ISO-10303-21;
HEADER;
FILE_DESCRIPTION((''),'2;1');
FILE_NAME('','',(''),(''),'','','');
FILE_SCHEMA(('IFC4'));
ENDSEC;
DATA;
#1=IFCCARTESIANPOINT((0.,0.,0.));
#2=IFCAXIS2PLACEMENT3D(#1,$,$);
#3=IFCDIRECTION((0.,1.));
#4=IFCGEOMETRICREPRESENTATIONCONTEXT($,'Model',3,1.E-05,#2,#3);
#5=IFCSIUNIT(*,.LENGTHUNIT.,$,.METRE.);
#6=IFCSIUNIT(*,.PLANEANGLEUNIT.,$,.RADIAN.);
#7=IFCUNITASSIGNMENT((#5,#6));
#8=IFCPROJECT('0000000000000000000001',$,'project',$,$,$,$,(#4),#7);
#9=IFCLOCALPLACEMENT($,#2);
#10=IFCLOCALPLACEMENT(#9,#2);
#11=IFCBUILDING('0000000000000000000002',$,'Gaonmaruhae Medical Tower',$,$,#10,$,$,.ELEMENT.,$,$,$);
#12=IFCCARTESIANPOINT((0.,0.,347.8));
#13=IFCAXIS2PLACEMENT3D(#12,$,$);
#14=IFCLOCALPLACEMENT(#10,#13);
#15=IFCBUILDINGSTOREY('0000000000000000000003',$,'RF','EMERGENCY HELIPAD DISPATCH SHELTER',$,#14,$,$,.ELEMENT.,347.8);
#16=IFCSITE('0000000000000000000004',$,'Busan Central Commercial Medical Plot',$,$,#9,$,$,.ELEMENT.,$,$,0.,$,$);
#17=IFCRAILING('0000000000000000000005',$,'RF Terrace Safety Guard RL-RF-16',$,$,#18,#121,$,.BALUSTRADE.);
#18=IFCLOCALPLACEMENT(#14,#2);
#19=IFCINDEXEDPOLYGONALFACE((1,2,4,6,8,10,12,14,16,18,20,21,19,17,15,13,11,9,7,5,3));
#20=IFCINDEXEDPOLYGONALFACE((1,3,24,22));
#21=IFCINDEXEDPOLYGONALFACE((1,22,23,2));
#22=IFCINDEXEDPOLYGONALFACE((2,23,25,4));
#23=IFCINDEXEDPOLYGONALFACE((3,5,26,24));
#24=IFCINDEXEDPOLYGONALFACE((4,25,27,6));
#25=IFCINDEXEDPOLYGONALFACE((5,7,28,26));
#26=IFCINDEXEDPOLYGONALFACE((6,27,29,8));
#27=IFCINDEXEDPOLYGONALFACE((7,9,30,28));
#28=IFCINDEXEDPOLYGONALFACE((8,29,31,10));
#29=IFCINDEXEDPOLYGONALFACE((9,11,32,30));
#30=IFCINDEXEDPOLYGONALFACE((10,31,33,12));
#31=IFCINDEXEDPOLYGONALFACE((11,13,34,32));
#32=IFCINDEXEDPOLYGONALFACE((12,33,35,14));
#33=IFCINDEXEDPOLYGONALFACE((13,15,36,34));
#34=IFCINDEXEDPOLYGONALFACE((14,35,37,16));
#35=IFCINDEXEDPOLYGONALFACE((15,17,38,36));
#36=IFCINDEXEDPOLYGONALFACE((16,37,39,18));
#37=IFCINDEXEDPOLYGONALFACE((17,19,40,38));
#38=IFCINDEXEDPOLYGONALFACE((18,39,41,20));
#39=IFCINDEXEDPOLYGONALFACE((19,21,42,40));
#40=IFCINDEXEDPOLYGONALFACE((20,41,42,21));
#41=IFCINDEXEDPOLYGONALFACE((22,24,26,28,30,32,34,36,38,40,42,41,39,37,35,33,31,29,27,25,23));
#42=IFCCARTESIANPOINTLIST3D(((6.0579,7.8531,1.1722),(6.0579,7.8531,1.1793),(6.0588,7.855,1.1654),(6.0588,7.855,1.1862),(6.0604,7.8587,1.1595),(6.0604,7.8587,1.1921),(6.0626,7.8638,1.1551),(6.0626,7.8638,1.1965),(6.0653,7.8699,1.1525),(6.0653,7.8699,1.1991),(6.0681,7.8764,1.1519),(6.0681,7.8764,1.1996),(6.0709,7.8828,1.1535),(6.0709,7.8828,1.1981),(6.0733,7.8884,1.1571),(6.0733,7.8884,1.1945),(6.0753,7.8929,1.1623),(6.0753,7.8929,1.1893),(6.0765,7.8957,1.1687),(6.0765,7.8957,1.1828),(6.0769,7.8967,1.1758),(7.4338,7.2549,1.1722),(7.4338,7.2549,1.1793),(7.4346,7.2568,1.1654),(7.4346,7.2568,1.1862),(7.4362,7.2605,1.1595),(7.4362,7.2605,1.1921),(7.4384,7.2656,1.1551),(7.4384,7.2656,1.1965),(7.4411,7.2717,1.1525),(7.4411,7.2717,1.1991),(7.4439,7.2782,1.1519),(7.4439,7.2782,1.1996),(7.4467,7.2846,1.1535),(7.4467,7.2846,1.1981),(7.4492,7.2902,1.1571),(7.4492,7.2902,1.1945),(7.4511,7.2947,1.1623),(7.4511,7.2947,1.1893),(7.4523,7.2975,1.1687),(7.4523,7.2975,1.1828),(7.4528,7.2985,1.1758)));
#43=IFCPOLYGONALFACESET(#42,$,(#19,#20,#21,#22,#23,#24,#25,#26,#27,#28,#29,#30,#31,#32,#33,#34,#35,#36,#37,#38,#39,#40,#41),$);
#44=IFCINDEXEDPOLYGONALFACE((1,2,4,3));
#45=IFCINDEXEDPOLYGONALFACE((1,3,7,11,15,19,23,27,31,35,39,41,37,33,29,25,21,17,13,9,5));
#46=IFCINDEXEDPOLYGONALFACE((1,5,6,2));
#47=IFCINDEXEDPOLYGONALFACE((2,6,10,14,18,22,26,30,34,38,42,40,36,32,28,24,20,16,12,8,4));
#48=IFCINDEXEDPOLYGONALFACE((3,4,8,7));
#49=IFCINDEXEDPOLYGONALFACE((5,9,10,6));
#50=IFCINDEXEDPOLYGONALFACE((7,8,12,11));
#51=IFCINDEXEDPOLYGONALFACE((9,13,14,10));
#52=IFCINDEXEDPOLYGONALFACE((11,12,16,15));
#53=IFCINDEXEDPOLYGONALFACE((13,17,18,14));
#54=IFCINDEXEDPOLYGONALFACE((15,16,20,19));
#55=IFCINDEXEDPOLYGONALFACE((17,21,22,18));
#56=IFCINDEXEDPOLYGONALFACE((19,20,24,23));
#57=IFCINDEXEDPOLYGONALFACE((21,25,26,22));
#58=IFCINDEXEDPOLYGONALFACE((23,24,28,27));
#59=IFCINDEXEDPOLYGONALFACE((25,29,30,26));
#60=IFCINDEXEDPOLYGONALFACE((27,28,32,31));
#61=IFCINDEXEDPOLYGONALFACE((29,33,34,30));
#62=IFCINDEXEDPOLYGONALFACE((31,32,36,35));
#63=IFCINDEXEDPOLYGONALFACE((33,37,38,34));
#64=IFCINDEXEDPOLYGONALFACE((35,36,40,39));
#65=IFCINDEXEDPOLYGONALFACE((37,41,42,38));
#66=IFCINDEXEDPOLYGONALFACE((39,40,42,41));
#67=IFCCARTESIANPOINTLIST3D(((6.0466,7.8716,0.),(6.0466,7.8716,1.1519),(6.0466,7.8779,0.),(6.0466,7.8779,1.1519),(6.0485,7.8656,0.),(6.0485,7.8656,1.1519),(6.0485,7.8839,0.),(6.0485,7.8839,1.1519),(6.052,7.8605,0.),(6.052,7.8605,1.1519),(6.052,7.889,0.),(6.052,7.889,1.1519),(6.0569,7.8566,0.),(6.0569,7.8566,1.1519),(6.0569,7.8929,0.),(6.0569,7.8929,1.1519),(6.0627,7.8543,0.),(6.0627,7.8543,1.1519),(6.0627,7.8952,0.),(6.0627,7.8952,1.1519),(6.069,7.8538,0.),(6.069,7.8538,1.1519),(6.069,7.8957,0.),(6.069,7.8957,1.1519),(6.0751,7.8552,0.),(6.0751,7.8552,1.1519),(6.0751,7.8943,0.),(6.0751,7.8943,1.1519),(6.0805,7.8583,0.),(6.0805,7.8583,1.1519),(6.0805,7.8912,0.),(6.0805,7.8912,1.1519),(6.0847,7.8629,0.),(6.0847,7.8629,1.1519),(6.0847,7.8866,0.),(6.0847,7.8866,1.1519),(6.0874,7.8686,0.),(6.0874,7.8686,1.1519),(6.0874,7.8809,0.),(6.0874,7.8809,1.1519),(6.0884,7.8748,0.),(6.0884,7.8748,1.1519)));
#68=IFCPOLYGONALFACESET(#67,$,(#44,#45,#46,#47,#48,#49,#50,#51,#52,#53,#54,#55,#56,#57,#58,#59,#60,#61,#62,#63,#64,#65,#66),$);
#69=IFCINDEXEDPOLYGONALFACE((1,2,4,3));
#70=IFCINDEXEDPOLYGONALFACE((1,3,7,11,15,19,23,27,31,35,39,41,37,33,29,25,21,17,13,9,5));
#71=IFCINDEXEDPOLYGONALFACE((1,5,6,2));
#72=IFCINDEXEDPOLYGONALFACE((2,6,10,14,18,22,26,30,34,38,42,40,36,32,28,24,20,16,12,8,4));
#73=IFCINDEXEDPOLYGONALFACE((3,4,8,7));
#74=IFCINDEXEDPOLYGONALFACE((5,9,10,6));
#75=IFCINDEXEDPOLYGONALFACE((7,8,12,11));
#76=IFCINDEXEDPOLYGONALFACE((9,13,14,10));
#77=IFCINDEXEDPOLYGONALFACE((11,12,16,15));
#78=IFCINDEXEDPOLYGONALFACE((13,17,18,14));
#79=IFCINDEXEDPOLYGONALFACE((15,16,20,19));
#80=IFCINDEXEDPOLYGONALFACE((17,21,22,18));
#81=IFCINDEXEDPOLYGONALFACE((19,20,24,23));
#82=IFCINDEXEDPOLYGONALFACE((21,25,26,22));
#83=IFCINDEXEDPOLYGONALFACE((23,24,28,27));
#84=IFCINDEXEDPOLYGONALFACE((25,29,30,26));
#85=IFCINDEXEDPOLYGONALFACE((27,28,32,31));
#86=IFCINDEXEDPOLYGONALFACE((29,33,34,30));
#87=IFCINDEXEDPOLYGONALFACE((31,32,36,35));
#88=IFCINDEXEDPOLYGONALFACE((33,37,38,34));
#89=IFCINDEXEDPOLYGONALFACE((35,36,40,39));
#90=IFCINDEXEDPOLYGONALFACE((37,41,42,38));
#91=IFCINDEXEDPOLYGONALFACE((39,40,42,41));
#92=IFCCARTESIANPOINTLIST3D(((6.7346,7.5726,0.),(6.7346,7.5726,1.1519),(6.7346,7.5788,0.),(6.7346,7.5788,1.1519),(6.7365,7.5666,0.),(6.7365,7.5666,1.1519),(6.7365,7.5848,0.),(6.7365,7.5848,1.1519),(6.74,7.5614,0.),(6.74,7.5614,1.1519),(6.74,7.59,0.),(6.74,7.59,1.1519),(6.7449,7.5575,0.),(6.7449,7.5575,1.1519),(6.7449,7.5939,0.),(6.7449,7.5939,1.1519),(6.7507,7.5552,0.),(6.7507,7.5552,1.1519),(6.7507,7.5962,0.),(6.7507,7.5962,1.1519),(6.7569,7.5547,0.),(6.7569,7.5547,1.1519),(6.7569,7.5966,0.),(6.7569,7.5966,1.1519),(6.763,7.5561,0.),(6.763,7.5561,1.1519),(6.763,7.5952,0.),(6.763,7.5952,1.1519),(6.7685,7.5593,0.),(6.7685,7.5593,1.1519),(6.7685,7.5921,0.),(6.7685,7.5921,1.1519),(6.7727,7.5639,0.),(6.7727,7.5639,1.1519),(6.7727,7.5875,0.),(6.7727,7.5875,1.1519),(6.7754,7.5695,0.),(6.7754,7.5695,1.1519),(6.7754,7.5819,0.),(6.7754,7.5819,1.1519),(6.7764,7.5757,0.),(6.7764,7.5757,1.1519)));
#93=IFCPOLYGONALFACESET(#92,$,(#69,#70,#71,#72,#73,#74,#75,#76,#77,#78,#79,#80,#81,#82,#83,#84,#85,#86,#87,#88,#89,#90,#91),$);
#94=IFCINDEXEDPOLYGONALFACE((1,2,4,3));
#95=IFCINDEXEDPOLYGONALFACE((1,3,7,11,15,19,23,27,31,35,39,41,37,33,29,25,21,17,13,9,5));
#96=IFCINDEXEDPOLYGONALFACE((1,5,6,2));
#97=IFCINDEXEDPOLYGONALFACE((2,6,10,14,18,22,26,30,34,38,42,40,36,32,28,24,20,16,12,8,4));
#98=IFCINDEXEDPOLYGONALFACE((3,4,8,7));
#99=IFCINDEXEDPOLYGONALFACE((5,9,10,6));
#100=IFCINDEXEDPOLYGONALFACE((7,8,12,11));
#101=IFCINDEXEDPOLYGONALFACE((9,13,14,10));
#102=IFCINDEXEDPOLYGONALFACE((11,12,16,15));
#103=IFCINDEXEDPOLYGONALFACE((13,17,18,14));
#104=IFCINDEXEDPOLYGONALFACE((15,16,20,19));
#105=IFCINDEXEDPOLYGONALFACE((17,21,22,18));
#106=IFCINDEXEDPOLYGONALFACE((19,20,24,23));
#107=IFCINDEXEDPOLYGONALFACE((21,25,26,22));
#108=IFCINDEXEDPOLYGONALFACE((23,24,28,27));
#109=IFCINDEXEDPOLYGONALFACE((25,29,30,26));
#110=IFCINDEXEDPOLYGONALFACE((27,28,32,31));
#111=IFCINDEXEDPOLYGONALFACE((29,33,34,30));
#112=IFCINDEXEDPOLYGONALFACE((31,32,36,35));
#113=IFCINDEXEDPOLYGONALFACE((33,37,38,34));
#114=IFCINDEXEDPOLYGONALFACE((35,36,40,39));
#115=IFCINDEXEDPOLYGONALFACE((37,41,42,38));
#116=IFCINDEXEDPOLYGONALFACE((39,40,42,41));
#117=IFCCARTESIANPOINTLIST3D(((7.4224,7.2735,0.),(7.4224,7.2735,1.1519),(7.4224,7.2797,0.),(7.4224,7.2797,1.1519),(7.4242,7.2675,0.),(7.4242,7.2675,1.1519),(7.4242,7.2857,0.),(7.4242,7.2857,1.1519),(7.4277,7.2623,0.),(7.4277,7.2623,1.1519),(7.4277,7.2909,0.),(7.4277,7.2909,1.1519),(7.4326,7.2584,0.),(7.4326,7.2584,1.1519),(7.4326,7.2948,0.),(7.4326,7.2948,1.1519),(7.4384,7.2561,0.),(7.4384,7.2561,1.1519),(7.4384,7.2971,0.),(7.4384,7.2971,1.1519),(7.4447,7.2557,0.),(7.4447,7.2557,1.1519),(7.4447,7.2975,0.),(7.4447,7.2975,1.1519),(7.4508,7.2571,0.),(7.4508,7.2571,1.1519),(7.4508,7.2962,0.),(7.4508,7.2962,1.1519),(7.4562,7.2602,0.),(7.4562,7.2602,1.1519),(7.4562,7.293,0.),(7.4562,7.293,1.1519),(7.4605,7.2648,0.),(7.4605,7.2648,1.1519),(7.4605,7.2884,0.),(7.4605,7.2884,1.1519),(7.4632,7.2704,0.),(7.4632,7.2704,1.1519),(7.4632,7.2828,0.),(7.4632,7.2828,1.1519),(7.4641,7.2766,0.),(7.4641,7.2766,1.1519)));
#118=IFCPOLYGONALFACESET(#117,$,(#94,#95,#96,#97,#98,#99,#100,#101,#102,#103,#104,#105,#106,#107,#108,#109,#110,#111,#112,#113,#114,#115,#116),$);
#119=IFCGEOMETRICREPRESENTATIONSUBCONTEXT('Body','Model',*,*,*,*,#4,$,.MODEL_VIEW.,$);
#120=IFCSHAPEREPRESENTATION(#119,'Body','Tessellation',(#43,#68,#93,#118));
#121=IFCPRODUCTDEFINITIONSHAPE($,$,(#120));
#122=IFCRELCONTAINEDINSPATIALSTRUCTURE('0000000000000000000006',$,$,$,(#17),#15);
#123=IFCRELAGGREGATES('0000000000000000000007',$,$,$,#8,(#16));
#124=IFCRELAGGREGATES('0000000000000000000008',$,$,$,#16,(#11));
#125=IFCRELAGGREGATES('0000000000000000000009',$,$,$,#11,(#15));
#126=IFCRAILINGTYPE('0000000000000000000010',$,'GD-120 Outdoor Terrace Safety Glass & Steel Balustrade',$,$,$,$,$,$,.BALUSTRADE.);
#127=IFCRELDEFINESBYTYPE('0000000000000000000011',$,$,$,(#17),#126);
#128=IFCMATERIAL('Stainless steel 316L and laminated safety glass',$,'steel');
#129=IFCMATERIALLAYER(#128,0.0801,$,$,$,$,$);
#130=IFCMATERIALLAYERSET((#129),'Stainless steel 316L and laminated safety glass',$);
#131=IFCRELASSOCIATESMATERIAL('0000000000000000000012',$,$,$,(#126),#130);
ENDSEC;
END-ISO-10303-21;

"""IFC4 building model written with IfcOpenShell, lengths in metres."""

from ifc_helpers import new_model, si_unit, direction, frame, origin, origin_2d, place, context, subcontext, project, spatial, circle, extrude, material, layer, layer_set, type_object, element, save


model = new_model("IFC4")

# Units and contexts
model_context = context("Model", 3, precision=1e-05, world=origin(), true_north=direction((0.0, 1.0)))
body_context = subcontext(model_context, "Body", "Model", "MODEL_VIEW")
ifc_project = project(units=[si_unit("LENGTHUNIT", "METRE"), si_unit("PLANEANGLEUNIT", "RADIAN")], contexts=[model_context])

# Site, building, storey
site_placement = place(None, origin())
site = spatial("IfcSite", under=ifc_project, at=site_placement, Name="Busan Central Commercial Medical Plot", CompositionType="ELEMENT", RefElevation=0.0)
building_placement = place(site_placement, origin())
building = spatial("IfcBuilding", under=site, at=building_placement, Name="Gaonmaruhae Medical Tower", CompositionType="ELEMENT")
storey_placement = place(building_placement, frame((0.0, 0.0, 347.8)))
storey = spatial("IfcBuildingStorey", under=building, at=storey_placement, Name="RF", Description="EMERGENCY HELIPAD DISPATCH SHELTER", CompositionType="ELEMENT", Elevation=347.8)

# Railing
ifc_material_1 = material(Name="Stainless steel 316L and laminated safety glass", Category="steel")
ifc_layer_1 = layer(ifc_material_1, 0.0801)
ifc_layer_set_1 = layer_set([ifc_layer_1], Name="Stainless steel 316L and laminated safety glass")
railing_type = type_object("IfcRailingType", Name="GD-120 Outdoor Terrace Safety Glass & Steel Balustrade", PredefinedType="BALUSTRADE", material=ifc_layer_set_1)
railing_1_placement = place(storey_placement, frame((6.0674, 7.8748, 0.0)))
element("IfcRailing", 1, at=railing_1_placement, inside=storey, type_object=railing_type, Name="RF Terrace Safety Guard RL-RF-16", PredefinedType="BALUSTRADE", context=body_context, shape_type="SweptSolid", body=[
    extrude(circle(Radius=0.0239, at=origin_2d()), frame((0.0, 0.0, 1.1758), z_axis=(0.91707, -0.398726, 0.0), x_axis=(0.398726, 0.91707, 0.0)), (0.0, 0.0, 1.0), 1.5002),
    extrude(circle(Radius=0.021, at=origin_2d()), origin(), (0.0, 0.0, 1.0), 1.1519),
    extrude(circle(Radius=0.021, at=origin_2d()), frame((0.688, -0.2991, 0.0)), (0.0, 0.0, 1.0), 1.1519),
    extrude(circle(Radius=0.021, at=origin_2d()), frame((1.3757, -0.5981, 0.0)), (0.0, 0.0, 1.0), 1.1519),
])

save(model, "model.ifc")
